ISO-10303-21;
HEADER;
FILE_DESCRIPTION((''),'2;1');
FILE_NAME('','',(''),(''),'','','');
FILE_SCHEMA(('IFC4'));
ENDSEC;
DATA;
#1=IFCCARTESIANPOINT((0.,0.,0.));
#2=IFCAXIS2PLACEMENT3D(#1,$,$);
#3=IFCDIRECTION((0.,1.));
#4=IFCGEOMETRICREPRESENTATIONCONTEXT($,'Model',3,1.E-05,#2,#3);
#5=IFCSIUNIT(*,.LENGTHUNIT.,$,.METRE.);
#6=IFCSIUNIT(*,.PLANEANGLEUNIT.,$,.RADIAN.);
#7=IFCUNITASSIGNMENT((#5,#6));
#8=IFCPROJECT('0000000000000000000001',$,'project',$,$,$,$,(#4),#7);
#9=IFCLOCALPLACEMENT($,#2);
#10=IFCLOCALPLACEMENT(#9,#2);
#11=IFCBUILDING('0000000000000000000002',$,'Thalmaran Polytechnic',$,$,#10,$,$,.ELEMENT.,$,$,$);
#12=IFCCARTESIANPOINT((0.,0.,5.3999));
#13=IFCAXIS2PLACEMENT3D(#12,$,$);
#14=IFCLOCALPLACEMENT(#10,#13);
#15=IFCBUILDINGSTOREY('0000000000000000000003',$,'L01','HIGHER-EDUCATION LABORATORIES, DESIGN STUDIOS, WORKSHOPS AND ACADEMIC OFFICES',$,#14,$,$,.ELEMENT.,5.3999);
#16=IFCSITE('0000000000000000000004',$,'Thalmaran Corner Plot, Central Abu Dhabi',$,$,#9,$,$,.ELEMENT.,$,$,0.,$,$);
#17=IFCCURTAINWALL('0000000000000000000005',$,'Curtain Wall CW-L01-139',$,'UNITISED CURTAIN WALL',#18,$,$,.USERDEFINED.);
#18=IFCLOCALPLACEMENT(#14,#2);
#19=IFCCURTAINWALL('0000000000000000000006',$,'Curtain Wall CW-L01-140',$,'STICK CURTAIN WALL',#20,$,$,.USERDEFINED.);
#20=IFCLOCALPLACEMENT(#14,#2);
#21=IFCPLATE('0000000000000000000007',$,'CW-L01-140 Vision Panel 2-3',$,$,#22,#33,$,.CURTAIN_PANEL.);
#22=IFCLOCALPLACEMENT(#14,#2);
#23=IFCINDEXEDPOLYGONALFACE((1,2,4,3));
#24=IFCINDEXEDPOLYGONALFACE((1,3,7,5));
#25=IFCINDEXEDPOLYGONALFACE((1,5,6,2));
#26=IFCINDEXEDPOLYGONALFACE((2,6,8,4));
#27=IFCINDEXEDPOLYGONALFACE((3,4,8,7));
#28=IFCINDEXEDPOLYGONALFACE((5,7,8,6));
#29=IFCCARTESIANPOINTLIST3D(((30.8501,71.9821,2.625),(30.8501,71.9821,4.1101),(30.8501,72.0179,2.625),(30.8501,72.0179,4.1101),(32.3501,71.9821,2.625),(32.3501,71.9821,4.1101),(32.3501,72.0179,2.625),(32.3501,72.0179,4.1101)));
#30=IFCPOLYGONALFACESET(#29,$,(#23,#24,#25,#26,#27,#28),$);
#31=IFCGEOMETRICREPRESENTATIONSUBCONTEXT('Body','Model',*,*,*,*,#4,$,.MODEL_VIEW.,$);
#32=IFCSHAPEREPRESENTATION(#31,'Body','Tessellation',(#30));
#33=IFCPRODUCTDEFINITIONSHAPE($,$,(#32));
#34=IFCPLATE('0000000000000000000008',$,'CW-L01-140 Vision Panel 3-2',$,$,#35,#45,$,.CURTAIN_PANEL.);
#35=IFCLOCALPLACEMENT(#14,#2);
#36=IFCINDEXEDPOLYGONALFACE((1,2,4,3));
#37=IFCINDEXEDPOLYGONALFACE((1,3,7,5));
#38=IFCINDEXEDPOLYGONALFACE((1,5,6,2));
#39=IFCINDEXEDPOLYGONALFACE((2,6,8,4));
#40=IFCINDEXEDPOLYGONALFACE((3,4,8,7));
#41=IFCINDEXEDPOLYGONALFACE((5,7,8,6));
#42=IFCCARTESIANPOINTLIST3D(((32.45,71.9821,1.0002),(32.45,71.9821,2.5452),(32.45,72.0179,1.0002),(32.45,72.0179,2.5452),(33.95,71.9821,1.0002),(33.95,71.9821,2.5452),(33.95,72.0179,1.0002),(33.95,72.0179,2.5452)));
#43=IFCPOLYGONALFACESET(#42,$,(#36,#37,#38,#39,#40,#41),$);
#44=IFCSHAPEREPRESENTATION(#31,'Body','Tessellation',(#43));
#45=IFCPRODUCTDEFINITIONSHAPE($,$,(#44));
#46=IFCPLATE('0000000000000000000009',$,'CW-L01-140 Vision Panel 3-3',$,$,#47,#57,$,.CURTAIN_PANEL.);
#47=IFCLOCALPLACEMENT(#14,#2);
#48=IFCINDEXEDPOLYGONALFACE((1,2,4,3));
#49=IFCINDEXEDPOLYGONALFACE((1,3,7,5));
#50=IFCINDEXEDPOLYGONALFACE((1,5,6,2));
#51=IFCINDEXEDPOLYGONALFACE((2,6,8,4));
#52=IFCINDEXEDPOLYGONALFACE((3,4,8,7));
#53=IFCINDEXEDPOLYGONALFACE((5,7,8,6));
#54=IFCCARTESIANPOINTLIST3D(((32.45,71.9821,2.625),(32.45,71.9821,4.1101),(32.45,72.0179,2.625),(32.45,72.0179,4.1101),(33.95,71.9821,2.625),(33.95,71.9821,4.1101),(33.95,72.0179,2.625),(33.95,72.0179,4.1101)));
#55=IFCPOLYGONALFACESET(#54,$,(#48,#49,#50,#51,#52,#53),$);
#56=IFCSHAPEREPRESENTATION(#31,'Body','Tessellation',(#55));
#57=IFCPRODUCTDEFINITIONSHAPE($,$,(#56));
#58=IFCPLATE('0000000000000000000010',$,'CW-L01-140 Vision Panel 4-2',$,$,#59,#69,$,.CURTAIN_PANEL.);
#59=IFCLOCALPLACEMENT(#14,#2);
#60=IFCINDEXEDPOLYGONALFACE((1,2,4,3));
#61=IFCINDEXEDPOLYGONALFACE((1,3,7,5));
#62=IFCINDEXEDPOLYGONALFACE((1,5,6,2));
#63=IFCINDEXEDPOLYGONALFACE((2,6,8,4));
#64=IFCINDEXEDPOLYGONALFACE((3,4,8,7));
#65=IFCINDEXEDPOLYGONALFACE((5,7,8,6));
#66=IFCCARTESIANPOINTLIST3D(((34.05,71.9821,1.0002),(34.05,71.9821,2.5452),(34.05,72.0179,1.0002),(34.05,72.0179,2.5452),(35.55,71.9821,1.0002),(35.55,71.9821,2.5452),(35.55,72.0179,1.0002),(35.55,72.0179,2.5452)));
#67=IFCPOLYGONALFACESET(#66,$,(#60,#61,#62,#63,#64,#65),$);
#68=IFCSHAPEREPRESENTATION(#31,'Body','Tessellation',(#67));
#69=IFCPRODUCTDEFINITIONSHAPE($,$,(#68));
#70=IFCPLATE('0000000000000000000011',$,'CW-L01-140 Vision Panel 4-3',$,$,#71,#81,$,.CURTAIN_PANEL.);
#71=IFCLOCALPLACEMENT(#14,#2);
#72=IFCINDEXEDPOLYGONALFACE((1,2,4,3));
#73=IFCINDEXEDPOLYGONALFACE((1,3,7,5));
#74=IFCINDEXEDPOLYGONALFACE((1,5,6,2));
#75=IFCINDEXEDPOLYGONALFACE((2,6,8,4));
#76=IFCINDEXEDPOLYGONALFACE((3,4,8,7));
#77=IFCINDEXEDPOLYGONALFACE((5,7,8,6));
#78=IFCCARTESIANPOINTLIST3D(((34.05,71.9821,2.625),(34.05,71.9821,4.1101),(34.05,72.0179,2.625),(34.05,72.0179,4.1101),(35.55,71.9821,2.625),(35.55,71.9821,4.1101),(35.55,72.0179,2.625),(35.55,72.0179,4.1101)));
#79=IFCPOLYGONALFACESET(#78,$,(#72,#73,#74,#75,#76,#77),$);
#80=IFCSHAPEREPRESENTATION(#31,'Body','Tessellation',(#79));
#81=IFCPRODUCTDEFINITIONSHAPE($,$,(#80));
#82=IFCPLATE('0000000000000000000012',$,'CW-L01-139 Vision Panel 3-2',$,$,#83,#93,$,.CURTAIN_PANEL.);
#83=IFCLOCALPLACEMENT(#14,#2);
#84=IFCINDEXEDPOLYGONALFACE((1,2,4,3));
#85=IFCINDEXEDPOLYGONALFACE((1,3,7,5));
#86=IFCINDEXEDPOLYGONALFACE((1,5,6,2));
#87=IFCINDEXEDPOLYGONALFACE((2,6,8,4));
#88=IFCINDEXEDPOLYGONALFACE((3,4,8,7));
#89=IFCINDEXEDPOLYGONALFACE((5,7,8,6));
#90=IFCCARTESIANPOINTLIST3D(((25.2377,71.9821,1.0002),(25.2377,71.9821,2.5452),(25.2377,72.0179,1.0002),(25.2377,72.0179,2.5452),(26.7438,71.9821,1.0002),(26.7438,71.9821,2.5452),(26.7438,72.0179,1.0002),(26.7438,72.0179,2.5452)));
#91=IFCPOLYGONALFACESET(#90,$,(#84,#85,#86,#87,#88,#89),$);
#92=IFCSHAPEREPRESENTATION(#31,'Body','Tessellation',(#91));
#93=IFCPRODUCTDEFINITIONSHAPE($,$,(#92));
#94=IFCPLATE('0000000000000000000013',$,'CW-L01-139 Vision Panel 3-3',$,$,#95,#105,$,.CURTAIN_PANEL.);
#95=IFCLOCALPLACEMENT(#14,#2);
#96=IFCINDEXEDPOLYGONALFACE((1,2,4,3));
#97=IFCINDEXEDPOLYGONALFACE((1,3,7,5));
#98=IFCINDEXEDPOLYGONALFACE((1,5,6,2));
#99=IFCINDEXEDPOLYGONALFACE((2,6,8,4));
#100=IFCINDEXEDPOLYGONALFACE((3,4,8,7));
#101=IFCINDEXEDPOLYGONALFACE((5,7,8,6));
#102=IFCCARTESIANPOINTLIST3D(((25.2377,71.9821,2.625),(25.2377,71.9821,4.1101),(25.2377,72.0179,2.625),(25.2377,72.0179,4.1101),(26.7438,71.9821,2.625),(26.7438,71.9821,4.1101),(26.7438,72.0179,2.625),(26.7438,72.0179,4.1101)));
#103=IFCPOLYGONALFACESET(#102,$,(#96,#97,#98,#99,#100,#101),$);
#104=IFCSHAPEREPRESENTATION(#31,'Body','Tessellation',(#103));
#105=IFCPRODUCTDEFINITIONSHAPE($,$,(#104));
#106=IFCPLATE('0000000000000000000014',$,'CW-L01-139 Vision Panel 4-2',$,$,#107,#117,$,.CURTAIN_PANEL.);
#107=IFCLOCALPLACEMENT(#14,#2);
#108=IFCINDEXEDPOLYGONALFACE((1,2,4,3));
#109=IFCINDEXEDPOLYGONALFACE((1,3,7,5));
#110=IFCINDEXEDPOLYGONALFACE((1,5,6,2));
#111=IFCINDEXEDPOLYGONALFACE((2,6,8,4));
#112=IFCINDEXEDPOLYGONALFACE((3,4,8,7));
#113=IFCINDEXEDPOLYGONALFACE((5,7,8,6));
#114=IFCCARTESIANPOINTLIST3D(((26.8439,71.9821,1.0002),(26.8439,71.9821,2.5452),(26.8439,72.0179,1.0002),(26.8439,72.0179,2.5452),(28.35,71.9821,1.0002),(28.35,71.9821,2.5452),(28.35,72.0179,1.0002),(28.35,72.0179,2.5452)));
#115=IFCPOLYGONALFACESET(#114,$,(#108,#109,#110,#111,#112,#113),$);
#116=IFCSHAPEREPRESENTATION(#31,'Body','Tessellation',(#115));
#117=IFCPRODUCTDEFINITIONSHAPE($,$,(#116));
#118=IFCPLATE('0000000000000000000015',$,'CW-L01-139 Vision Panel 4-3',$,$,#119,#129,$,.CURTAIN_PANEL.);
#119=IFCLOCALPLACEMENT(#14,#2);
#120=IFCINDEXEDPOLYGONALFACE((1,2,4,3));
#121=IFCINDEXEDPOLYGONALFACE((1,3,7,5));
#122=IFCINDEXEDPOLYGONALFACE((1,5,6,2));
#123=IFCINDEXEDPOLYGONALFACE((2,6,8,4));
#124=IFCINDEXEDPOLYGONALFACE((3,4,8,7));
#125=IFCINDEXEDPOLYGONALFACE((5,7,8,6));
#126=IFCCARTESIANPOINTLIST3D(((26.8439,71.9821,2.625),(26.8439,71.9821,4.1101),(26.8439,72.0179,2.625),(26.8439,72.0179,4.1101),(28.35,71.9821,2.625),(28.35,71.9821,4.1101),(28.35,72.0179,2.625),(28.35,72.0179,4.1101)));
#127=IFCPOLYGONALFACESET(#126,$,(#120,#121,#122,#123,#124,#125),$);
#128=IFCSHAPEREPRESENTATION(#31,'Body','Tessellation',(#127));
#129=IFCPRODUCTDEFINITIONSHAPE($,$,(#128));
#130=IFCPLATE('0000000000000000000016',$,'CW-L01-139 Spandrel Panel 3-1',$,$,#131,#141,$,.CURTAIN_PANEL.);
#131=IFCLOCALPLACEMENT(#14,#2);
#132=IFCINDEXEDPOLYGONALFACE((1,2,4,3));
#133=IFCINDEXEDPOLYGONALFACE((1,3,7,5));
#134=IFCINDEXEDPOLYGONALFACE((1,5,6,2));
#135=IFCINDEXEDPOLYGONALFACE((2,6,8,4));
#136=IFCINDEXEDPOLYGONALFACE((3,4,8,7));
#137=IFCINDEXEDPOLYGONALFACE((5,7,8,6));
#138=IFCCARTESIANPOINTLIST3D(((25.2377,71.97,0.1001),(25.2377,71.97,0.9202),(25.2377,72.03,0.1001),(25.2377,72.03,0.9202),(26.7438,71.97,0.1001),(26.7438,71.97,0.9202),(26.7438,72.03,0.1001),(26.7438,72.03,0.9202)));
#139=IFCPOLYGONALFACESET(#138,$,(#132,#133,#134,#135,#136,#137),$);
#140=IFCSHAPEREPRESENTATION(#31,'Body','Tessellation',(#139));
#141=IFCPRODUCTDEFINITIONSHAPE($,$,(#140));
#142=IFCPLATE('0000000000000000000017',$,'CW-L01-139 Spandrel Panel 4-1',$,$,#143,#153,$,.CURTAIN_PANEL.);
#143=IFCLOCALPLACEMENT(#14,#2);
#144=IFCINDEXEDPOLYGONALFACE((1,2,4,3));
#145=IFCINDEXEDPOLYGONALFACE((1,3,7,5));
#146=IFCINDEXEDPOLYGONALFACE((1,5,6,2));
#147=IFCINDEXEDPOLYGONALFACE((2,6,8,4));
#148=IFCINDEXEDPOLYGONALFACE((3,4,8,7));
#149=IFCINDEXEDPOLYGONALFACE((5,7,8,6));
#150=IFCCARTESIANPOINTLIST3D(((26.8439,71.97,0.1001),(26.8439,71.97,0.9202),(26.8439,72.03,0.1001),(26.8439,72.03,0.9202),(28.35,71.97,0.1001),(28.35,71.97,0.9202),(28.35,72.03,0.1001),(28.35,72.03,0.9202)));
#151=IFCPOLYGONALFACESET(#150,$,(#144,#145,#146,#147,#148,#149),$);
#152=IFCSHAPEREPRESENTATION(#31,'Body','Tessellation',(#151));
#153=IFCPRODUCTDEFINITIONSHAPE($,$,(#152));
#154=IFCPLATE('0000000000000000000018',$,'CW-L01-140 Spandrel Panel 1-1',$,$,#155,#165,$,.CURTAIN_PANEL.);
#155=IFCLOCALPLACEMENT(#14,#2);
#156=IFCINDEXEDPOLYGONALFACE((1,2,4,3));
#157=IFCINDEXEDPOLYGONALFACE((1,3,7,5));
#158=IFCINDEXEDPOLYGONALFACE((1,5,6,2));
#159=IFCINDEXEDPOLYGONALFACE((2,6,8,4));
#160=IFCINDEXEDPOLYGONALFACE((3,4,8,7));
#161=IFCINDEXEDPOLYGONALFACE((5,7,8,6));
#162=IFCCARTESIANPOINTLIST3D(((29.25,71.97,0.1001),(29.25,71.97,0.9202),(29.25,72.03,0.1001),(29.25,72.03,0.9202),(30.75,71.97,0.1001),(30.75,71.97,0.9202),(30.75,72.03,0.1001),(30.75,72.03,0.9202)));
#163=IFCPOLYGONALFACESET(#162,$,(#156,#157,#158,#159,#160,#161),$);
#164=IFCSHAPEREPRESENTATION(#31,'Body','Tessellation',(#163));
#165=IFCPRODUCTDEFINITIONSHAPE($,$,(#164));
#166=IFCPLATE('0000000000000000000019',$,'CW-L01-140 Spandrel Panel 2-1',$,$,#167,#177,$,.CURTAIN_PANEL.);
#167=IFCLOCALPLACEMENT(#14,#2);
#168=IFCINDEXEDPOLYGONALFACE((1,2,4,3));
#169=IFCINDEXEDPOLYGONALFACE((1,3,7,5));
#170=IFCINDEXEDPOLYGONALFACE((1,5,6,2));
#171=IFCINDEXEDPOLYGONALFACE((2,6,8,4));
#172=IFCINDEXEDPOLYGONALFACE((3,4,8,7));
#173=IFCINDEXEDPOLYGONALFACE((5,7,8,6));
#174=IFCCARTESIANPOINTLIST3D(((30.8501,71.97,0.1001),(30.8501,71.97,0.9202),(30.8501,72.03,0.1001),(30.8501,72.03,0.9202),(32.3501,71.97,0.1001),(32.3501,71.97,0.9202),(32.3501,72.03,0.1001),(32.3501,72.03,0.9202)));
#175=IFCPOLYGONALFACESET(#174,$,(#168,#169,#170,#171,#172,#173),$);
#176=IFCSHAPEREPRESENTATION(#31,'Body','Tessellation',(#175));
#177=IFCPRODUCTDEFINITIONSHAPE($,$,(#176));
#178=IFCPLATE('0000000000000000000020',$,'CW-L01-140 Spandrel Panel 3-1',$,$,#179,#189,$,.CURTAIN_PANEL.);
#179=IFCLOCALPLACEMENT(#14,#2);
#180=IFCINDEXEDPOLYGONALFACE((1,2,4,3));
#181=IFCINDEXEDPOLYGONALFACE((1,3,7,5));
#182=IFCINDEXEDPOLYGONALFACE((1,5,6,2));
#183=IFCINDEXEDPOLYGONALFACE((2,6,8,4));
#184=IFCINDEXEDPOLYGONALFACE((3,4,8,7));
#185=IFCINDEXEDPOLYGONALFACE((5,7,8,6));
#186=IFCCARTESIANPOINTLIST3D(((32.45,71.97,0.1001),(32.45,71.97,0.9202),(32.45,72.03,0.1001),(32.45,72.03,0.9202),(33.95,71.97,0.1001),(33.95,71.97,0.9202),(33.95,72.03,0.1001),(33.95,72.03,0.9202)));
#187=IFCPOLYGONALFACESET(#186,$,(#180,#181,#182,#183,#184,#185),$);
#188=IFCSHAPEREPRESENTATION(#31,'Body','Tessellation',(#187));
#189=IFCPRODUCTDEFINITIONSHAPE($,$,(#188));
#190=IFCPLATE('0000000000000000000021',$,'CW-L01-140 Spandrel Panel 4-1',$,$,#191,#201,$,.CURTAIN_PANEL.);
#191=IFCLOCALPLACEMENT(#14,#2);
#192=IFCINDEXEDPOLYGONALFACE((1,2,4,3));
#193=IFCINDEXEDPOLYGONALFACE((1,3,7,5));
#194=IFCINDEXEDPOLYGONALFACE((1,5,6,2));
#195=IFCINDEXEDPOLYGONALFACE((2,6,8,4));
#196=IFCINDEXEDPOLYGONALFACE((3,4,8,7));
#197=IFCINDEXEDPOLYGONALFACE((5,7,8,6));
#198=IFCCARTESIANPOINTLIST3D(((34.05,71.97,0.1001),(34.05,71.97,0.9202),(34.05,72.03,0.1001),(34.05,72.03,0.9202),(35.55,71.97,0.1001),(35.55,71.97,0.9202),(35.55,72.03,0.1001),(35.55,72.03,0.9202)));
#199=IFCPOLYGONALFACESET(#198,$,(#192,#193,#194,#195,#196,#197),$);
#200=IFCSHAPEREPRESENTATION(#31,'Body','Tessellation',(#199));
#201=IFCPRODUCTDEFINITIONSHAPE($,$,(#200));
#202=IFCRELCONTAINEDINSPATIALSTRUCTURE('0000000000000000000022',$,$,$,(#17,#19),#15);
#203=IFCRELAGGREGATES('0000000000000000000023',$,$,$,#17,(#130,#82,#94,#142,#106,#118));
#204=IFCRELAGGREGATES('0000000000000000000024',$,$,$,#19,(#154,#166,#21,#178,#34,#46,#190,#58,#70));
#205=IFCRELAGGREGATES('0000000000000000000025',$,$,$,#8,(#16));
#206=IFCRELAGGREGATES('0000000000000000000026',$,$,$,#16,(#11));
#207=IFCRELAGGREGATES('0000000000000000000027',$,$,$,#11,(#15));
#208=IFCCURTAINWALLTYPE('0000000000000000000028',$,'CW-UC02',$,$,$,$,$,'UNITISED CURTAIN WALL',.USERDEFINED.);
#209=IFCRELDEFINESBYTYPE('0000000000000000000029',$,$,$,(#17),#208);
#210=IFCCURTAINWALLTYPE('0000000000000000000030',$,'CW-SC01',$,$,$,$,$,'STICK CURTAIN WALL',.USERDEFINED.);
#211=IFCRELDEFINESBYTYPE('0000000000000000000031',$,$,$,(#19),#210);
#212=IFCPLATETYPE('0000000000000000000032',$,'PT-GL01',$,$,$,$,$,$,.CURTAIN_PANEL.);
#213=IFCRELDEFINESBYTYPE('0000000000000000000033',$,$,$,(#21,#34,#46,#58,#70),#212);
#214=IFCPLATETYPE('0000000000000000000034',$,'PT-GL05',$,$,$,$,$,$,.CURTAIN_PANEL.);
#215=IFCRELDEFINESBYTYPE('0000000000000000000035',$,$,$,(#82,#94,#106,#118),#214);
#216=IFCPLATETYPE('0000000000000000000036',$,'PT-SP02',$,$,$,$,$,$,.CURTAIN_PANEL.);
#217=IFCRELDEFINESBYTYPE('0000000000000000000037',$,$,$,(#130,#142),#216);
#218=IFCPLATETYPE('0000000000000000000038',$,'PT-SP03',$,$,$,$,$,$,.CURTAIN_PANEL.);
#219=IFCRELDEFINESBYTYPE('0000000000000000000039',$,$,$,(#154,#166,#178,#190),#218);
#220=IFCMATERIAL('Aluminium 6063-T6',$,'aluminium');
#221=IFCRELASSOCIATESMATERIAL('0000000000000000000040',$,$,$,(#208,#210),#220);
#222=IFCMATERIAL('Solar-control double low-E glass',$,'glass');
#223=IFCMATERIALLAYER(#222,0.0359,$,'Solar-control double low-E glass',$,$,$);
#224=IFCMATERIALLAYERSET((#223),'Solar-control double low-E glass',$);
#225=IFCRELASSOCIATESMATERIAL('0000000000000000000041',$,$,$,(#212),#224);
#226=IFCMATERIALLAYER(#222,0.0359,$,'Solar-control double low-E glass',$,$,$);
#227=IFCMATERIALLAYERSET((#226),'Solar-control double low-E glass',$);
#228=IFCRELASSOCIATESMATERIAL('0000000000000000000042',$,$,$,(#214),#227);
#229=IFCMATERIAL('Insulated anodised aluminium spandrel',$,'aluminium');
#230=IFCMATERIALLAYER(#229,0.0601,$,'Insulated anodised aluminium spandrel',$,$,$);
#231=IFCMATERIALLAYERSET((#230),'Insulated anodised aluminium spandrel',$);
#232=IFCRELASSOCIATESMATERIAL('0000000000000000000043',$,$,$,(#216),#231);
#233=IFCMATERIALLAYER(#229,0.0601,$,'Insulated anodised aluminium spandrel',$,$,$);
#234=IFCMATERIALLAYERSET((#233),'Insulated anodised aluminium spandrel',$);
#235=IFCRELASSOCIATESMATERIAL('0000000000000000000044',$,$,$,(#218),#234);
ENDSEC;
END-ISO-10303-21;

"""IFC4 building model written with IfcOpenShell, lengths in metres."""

from ifc_helpers import new_model, si_unit, direction, frame, origin, origin_2d, place, context, subcontext, project, spatial, rectangle, extrude, material, layer, layer_set, type_object, element, aggregate, save


model = new_model("IFC4")

# Units and contexts
model_context = context("Model", 3, precision=1e-05, world=origin(), true_north=direction((0.0, 1.0)))
body_context = subcontext(model_context, "Body", "Model", "MODEL_VIEW")
ifc_project = project(units=[si_unit("LENGTHUNIT", "METRE"), si_unit("PLANEANGLEUNIT", "RADIAN")], contexts=[model_context])

# Site, building, storey
site_placement = place(None, origin())
site = spatial("IfcSite", under=ifc_project, at=site_placement, Name="Thalmaran Corner Plot, Central Abu Dhabi", CompositionType="ELEMENT", RefElevation=0.0)
building_placement = place(site_placement, origin())
building = spatial("IfcBuilding", under=site, at=building_placement, Name="Thalmaran Polytechnic", CompositionType="ELEMENT")
storey_placement = place(building_placement, frame((0.0, 0.0, 5.3999)))
storey = spatial("IfcBuildingStorey", under=building, at=storey_placement, Name="L01", Description="HIGHER-EDUCATION LABORATORIES, DESIGN STUDIOS, WORKSHOPS AND ACADEMIC OFFICES", CompositionType="ELEMENT", Elevation=5.3999)

# Curtain walls
ifc_material_1 = material(Name="Aluminium 6063-T6", Category="aluminium")
curtain_wall_type_1 = type_object("IfcCurtainWallType", Name="CW-UC02", ElementType="UNITISED CURTAIN WALL", PredefinedType="USERDEFINED", material=ifc_material_1)
curtain_wall_1_placement = place(storey_placement, origin())
curtain_wall_1 = element("IfcCurtainWall", 1, at=curtain_wall_1_placement, inside=storey, type_object=curtain_wall_type_1, Name="Curtain Wall CW-L01-139", ObjectType="UNITISED CURTAIN WALL", PredefinedType="USERDEFINED")
curtain_wall_type_2 = type_object("IfcCurtainWallType", Name="CW-SC01", ElementType="STICK CURTAIN WALL", PredefinedType="USERDEFINED", material=ifc_material_1)
curtain_wall_2_placement = place(storey_placement, origin())
curtain_wall_2 = element("IfcCurtainWall", 2, at=curtain_wall_2_placement, inside=storey, type_object=curtain_wall_type_2, Name="Curtain Wall CW-L01-140", ObjectType="STICK CURTAIN WALL", PredefinedType="USERDEFINED")

# Plates
ifc_material_2 = material(Name="Solar-control double low-E glass", Category="glass")
ifc_layer_1 = layer(ifc_material_2, 0.0359, Name="Solar-control double low-E glass")
ifc_layer_set_1 = layer_set([ifc_layer_1], Name="Solar-control double low-E glass")
plate_type_1 = type_object("IfcPlateType", Name="PT-GL01", PredefinedType="CURTAIN_PANEL", material=ifc_layer_set_1)
plate_1_placement = place(storey_placement, frame((31.6001, 72.0, 2.625), z_axis=(0.0, 0.0, 1.0), x_axis=(1.0, 0.0, 0.0)))
plate_1 = element("IfcPlate", 3, at=plate_1_placement, type_object=plate_type_1, Name="CW-L01-140 Vision Panel 2-3", PredefinedType="CURTAIN_PANEL", context=body_context, shape_type="SweptSolid", body=[
    extrude(rectangle(XDim=1.5, YDim=0.0359, at=origin_2d()), origin(), (0.0, 0.0, 1.0), 1.4851),
])
plate_2_placement = place(storey_placement, frame((33.2, 72.0, 1.0002), z_axis=(0.0, 0.0, 1.0), x_axis=(1.0, 0.0, 0.0)))
plate_2 = element("IfcPlate", 4, at=plate_2_placement, type_object=plate_type_1, Name="CW-L01-140 Vision Panel 3-2", PredefinedType="CURTAIN_PANEL", context=body_context, shape_type="SweptSolid", body=[
    extrude(rectangle(XDim=1.5, YDim=0.0359, at=origin_2d()), origin(), (0.0, 0.0, 1.0), 1.5449),
])
plate_3_placement = place(storey_placement, frame((33.2, 72.0, 2.625), z_axis=(0.0, 0.0, 1.0), x_axis=(1.0, 0.0, 0.0)))
plate_3 = element("IfcPlate", 5, at=plate_3_placement, type_object=plate_type_1, Name="CW-L01-140 Vision Panel 3-3", PredefinedType="CURTAIN_PANEL", context=body_context, shape_type="SweptSolid", body=[
    extrude(rectangle(XDim=1.5, YDim=0.0359, at=origin_2d()), origin(), (0.0, 0.0, 1.0), 1.4851),
])
plate_4_placement = place(storey_placement, frame((34.8, 72.0, 1.0002), z_axis=(0.0, 0.0, 1.0), x_axis=(1.0, 0.0, 0.0)))
plate_4 = element("IfcPlate", 6, at=plate_4_placement, type_object=plate_type_1, Name="CW-L01-140 Vision Panel 4-2", PredefinedType="CURTAIN_PANEL", context=body_context, shape_type="SweptSolid", body=[
    extrude(rectangle(XDim=1.5, YDim=0.0359, at=origin_2d()), origin(), (0.0, 0.0, 1.0), 1.5449),
])
plate_5_placement = place(storey_placement, frame((34.8, 72.0, 2.625), z_axis=(0.0, 0.0, 1.0), x_axis=(1.0, 0.0, 0.0)))
plate_5 = element("IfcPlate", 7, at=plate_5_placement, type_object=plate_type_1, Name="CW-L01-140 Vision Panel 4-3", PredefinedType="CURTAIN_PANEL", context=body_context, shape_type="SweptSolid", body=[
    extrude(rectangle(XDim=1.5, YDim=0.0359, at=origin_2d()), origin(), (0.0, 0.0, 1.0), 1.4851),
])
ifc_layer_2 = layer(ifc_material_2, 0.0359, Name="Solar-control double low-E glass")
ifc_layer_set_2 = layer_set([ifc_layer_2], Name="Solar-control double low-E glass")
plate_type_2 = type_object("IfcPlateType", Name="PT-GL05", PredefinedType="CURTAIN_PANEL", material=ifc_layer_set_2)
plate_6_placement = place(storey_placement, frame((25.9907, 72.0, 1.0002), z_axis=(0.0, 0.0, 1.0), x_axis=(1.0, 0.0, 0.0)))
plate_6 = element("IfcPlate", 8, at=plate_6_placement, type_object=plate_type_2, Name="CW-L01-139 Vision Panel 3-2", PredefinedType="CURTAIN_PANEL", context=body_context, shape_type="SweptSolid", body=[
    extrude(rectangle(XDim=1.5061, YDim=0.0359, at=origin_2d()), origin(), (0.0, 0.0, 1.0), 1.5449),
])
plate_7_placement = place(storey_placement, frame((25.9907, 72.0, 2.625), z_axis=(0.0, 0.0, 1.0), x_axis=(1.0, 0.0, 0.0)))
plate_7 = element("IfcPlate", 9, at=plate_7_placement, type_object=plate_type_2, Name="CW-L01-139 Vision Panel 3-3", PredefinedType="CURTAIN_PANEL", context=body_context, shape_type="SweptSolid", body=[
    extrude(rectangle(XDim=1.5061, YDim=0.0359, at=origin_2d()), origin(), (0.0, 0.0, 1.0), 1.4851),
])
plate_8_placement = place(storey_placement, frame((27.5969, 72.0, 1.0002), z_axis=(0.0, 0.0, 1.0), x_axis=(1.0, 0.0, 0.0)))
plate_8 = element("IfcPlate", 10, at=plate_8_placement, type_object=plate_type_2, Name="CW-L01-139 Vision Panel 4-2", PredefinedType="CURTAIN_PANEL", context=body_context, shape_type="SweptSolid", body=[
    extrude(rectangle(XDim=1.5061, YDim=0.0359, at=origin_2d()), origin(), (0.0, 0.0, 1.0), 1.5449),
])
plate_9_placement = place(storey_placement, frame((27.5969, 72.0, 2.625), z_axis=(0.0, 0.0, 1.0), x_axis=(1.0, 0.0, 0.0)))
plate_9 = element("IfcPlate", 11, at=plate_9_placement, type_object=plate_type_2, Name="CW-L01-139 Vision Panel 4-3", PredefinedType="CURTAIN_PANEL", context=body_context, shape_type="SweptSolid", body=[
    extrude(rectangle(XDim=1.5061, YDim=0.0359, at=origin_2d()), origin(), (0.0, 0.0, 1.0), 1.4851),
])
ifc_material_3 = material(Name="Insulated anodised aluminium spandrel", Category="aluminium")
ifc_layer_3 = layer(ifc_material_3, 0.0601, Name="Insulated anodised aluminium spandrel")
ifc_layer_set_3 = layer_set([ifc_layer_3], Name="Insulated anodised aluminium spandrel")
plate_type_3 = type_object("IfcPlateType", Name="PT-SP02", PredefinedType="CURTAIN_PANEL", material=ifc_layer_set_3)
plate_10_placement = place(storey_placement, frame((25.9907, 72.0, 0.1001), z_axis=(0.0, 0.0, 1.0), x_axis=(1.0, 0.0, 0.0)))
plate_10 = element("IfcPlate", 12, at=plate_10_placement, type_object=plate_type_3, Name="CW-L01-139 Spandrel Panel 3-1", PredefinedType="CURTAIN_PANEL", context=body_context, shape_type="SweptSolid", body=[
    extrude(rectangle(XDim=1.5061, YDim=0.0601, at=origin_2d()), origin(), (0.0, 0.0, 1.0), 0.8201),
])
plate_11_placement = place(storey_placement, frame((27.5969, 72.0, 0.1001), z_axis=(0.0, 0.0, 1.0), x_axis=(1.0, 0.0, 0.0)))
plate_11 = element("IfcPlate", 13, at=plate_11_placement, type_object=plate_type_3, Name="CW-L01-139 Spandrel Panel 4-1", PredefinedType="CURTAIN_PANEL", context=body_context, shape_type="SweptSolid", body=[
    extrude(rectangle(XDim=1.5061, YDim=0.0601, at=origin_2d()), origin(), (0.0, 0.0, 1.0), 0.8201),
])
aggregate(curtain_wall_1, [plate_10, plate_6, plate_7, plate_11, plate_8, plate_9])
ifc_layer_4 = layer(ifc_material_3, 0.0601, Name="Insulated anodised aluminium spandrel")
ifc_layer_set_4 = layer_set([ifc_layer_4], Name="Insulated anodised aluminium spandrel")
plate_type_4 = type_object("IfcPlateType", Name="PT-SP03", PredefinedType="CURTAIN_PANEL", material=ifc_layer_set_4)
plate_12_placement = place(storey_placement, frame((30.0, 72.0, 0.1001), z_axis=(0.0, 0.0, 1.0), x_axis=(1.0, 0.0, 0.0)))
plate_12 = element("IfcPlate", 14, at=plate_12_placement, type_object=plate_type_4, Name="CW-L01-140 Spandrel Panel 1-1", PredefinedType="CURTAIN_PANEL", context=body_context, shape_type="SweptSolid", body=[
    extrude(rectangle(XDim=1.5, YDim=0.0601, at=origin_2d()), origin(), (0.0, 0.0, 1.0), 0.8201),
])
plate_13_placement = place(storey_placement, frame((31.6001, 72.0, 0.1001), z_axis=(0.0, 0.0, 1.0), x_axis=(1.0, 0.0, 0.0)))
plate_13 = element("IfcPlate", 15, at=plate_13_placement, type_object=plate_type_4, Name="CW-L01-140 Spandrel Panel 2-1", PredefinedType="CURTAIN_PANEL", context=body_context, shape_type="SweptSolid", body=[
    extrude(rectangle(XDim=1.5, YDim=0.0601, at=origin_2d()), origin(), (0.0, 0.0, 1.0), 0.8201),
])
plate_14_placement = place(storey_placement, frame((33.2, 72.0, 0.1001), z_axis=(0.0, 0.0, 1.0), x_axis=(1.0, 0.0, 0.0)))
plate_14 = element("IfcPlate", 16, at=plate_14_placement, type_object=plate_type_4, Name="CW-L01-140 Spandrel Panel 3-1", PredefinedType="CURTAIN_PANEL", context=body_context, shape_type="SweptSolid", body=[
    extrude(rectangle(XDim=1.5, YDim=0.0601, at=origin_2d()), origin(), (0.0, 0.0, 1.0), 0.8201),
])
plate_15_placement = place(storey_placement, frame((34.8, 72.0, 0.1001), z_axis=(0.0, 0.0, 1.0), x_axis=(1.0, 0.0, 0.0)))
plate_15 = element("IfcPlate", 17, at=plate_15_placement, type_object=plate_type_4, Name="CW-L01-140 Spandrel Panel 4-1", PredefinedType="CURTAIN_PANEL", context=body_context, shape_type="SweptSolid", body=[
    extrude(rectangle(XDim=1.5, YDim=0.0601, at=origin_2d()), origin(), (0.0, 0.0, 1.0), 0.8201),
])
aggregate(curtain_wall_2, [plate_12, plate_13, plate_1, plate_14, plate_2, plate_3, plate_15, plate_4, plate_5])

save(model, "model.ifc")
